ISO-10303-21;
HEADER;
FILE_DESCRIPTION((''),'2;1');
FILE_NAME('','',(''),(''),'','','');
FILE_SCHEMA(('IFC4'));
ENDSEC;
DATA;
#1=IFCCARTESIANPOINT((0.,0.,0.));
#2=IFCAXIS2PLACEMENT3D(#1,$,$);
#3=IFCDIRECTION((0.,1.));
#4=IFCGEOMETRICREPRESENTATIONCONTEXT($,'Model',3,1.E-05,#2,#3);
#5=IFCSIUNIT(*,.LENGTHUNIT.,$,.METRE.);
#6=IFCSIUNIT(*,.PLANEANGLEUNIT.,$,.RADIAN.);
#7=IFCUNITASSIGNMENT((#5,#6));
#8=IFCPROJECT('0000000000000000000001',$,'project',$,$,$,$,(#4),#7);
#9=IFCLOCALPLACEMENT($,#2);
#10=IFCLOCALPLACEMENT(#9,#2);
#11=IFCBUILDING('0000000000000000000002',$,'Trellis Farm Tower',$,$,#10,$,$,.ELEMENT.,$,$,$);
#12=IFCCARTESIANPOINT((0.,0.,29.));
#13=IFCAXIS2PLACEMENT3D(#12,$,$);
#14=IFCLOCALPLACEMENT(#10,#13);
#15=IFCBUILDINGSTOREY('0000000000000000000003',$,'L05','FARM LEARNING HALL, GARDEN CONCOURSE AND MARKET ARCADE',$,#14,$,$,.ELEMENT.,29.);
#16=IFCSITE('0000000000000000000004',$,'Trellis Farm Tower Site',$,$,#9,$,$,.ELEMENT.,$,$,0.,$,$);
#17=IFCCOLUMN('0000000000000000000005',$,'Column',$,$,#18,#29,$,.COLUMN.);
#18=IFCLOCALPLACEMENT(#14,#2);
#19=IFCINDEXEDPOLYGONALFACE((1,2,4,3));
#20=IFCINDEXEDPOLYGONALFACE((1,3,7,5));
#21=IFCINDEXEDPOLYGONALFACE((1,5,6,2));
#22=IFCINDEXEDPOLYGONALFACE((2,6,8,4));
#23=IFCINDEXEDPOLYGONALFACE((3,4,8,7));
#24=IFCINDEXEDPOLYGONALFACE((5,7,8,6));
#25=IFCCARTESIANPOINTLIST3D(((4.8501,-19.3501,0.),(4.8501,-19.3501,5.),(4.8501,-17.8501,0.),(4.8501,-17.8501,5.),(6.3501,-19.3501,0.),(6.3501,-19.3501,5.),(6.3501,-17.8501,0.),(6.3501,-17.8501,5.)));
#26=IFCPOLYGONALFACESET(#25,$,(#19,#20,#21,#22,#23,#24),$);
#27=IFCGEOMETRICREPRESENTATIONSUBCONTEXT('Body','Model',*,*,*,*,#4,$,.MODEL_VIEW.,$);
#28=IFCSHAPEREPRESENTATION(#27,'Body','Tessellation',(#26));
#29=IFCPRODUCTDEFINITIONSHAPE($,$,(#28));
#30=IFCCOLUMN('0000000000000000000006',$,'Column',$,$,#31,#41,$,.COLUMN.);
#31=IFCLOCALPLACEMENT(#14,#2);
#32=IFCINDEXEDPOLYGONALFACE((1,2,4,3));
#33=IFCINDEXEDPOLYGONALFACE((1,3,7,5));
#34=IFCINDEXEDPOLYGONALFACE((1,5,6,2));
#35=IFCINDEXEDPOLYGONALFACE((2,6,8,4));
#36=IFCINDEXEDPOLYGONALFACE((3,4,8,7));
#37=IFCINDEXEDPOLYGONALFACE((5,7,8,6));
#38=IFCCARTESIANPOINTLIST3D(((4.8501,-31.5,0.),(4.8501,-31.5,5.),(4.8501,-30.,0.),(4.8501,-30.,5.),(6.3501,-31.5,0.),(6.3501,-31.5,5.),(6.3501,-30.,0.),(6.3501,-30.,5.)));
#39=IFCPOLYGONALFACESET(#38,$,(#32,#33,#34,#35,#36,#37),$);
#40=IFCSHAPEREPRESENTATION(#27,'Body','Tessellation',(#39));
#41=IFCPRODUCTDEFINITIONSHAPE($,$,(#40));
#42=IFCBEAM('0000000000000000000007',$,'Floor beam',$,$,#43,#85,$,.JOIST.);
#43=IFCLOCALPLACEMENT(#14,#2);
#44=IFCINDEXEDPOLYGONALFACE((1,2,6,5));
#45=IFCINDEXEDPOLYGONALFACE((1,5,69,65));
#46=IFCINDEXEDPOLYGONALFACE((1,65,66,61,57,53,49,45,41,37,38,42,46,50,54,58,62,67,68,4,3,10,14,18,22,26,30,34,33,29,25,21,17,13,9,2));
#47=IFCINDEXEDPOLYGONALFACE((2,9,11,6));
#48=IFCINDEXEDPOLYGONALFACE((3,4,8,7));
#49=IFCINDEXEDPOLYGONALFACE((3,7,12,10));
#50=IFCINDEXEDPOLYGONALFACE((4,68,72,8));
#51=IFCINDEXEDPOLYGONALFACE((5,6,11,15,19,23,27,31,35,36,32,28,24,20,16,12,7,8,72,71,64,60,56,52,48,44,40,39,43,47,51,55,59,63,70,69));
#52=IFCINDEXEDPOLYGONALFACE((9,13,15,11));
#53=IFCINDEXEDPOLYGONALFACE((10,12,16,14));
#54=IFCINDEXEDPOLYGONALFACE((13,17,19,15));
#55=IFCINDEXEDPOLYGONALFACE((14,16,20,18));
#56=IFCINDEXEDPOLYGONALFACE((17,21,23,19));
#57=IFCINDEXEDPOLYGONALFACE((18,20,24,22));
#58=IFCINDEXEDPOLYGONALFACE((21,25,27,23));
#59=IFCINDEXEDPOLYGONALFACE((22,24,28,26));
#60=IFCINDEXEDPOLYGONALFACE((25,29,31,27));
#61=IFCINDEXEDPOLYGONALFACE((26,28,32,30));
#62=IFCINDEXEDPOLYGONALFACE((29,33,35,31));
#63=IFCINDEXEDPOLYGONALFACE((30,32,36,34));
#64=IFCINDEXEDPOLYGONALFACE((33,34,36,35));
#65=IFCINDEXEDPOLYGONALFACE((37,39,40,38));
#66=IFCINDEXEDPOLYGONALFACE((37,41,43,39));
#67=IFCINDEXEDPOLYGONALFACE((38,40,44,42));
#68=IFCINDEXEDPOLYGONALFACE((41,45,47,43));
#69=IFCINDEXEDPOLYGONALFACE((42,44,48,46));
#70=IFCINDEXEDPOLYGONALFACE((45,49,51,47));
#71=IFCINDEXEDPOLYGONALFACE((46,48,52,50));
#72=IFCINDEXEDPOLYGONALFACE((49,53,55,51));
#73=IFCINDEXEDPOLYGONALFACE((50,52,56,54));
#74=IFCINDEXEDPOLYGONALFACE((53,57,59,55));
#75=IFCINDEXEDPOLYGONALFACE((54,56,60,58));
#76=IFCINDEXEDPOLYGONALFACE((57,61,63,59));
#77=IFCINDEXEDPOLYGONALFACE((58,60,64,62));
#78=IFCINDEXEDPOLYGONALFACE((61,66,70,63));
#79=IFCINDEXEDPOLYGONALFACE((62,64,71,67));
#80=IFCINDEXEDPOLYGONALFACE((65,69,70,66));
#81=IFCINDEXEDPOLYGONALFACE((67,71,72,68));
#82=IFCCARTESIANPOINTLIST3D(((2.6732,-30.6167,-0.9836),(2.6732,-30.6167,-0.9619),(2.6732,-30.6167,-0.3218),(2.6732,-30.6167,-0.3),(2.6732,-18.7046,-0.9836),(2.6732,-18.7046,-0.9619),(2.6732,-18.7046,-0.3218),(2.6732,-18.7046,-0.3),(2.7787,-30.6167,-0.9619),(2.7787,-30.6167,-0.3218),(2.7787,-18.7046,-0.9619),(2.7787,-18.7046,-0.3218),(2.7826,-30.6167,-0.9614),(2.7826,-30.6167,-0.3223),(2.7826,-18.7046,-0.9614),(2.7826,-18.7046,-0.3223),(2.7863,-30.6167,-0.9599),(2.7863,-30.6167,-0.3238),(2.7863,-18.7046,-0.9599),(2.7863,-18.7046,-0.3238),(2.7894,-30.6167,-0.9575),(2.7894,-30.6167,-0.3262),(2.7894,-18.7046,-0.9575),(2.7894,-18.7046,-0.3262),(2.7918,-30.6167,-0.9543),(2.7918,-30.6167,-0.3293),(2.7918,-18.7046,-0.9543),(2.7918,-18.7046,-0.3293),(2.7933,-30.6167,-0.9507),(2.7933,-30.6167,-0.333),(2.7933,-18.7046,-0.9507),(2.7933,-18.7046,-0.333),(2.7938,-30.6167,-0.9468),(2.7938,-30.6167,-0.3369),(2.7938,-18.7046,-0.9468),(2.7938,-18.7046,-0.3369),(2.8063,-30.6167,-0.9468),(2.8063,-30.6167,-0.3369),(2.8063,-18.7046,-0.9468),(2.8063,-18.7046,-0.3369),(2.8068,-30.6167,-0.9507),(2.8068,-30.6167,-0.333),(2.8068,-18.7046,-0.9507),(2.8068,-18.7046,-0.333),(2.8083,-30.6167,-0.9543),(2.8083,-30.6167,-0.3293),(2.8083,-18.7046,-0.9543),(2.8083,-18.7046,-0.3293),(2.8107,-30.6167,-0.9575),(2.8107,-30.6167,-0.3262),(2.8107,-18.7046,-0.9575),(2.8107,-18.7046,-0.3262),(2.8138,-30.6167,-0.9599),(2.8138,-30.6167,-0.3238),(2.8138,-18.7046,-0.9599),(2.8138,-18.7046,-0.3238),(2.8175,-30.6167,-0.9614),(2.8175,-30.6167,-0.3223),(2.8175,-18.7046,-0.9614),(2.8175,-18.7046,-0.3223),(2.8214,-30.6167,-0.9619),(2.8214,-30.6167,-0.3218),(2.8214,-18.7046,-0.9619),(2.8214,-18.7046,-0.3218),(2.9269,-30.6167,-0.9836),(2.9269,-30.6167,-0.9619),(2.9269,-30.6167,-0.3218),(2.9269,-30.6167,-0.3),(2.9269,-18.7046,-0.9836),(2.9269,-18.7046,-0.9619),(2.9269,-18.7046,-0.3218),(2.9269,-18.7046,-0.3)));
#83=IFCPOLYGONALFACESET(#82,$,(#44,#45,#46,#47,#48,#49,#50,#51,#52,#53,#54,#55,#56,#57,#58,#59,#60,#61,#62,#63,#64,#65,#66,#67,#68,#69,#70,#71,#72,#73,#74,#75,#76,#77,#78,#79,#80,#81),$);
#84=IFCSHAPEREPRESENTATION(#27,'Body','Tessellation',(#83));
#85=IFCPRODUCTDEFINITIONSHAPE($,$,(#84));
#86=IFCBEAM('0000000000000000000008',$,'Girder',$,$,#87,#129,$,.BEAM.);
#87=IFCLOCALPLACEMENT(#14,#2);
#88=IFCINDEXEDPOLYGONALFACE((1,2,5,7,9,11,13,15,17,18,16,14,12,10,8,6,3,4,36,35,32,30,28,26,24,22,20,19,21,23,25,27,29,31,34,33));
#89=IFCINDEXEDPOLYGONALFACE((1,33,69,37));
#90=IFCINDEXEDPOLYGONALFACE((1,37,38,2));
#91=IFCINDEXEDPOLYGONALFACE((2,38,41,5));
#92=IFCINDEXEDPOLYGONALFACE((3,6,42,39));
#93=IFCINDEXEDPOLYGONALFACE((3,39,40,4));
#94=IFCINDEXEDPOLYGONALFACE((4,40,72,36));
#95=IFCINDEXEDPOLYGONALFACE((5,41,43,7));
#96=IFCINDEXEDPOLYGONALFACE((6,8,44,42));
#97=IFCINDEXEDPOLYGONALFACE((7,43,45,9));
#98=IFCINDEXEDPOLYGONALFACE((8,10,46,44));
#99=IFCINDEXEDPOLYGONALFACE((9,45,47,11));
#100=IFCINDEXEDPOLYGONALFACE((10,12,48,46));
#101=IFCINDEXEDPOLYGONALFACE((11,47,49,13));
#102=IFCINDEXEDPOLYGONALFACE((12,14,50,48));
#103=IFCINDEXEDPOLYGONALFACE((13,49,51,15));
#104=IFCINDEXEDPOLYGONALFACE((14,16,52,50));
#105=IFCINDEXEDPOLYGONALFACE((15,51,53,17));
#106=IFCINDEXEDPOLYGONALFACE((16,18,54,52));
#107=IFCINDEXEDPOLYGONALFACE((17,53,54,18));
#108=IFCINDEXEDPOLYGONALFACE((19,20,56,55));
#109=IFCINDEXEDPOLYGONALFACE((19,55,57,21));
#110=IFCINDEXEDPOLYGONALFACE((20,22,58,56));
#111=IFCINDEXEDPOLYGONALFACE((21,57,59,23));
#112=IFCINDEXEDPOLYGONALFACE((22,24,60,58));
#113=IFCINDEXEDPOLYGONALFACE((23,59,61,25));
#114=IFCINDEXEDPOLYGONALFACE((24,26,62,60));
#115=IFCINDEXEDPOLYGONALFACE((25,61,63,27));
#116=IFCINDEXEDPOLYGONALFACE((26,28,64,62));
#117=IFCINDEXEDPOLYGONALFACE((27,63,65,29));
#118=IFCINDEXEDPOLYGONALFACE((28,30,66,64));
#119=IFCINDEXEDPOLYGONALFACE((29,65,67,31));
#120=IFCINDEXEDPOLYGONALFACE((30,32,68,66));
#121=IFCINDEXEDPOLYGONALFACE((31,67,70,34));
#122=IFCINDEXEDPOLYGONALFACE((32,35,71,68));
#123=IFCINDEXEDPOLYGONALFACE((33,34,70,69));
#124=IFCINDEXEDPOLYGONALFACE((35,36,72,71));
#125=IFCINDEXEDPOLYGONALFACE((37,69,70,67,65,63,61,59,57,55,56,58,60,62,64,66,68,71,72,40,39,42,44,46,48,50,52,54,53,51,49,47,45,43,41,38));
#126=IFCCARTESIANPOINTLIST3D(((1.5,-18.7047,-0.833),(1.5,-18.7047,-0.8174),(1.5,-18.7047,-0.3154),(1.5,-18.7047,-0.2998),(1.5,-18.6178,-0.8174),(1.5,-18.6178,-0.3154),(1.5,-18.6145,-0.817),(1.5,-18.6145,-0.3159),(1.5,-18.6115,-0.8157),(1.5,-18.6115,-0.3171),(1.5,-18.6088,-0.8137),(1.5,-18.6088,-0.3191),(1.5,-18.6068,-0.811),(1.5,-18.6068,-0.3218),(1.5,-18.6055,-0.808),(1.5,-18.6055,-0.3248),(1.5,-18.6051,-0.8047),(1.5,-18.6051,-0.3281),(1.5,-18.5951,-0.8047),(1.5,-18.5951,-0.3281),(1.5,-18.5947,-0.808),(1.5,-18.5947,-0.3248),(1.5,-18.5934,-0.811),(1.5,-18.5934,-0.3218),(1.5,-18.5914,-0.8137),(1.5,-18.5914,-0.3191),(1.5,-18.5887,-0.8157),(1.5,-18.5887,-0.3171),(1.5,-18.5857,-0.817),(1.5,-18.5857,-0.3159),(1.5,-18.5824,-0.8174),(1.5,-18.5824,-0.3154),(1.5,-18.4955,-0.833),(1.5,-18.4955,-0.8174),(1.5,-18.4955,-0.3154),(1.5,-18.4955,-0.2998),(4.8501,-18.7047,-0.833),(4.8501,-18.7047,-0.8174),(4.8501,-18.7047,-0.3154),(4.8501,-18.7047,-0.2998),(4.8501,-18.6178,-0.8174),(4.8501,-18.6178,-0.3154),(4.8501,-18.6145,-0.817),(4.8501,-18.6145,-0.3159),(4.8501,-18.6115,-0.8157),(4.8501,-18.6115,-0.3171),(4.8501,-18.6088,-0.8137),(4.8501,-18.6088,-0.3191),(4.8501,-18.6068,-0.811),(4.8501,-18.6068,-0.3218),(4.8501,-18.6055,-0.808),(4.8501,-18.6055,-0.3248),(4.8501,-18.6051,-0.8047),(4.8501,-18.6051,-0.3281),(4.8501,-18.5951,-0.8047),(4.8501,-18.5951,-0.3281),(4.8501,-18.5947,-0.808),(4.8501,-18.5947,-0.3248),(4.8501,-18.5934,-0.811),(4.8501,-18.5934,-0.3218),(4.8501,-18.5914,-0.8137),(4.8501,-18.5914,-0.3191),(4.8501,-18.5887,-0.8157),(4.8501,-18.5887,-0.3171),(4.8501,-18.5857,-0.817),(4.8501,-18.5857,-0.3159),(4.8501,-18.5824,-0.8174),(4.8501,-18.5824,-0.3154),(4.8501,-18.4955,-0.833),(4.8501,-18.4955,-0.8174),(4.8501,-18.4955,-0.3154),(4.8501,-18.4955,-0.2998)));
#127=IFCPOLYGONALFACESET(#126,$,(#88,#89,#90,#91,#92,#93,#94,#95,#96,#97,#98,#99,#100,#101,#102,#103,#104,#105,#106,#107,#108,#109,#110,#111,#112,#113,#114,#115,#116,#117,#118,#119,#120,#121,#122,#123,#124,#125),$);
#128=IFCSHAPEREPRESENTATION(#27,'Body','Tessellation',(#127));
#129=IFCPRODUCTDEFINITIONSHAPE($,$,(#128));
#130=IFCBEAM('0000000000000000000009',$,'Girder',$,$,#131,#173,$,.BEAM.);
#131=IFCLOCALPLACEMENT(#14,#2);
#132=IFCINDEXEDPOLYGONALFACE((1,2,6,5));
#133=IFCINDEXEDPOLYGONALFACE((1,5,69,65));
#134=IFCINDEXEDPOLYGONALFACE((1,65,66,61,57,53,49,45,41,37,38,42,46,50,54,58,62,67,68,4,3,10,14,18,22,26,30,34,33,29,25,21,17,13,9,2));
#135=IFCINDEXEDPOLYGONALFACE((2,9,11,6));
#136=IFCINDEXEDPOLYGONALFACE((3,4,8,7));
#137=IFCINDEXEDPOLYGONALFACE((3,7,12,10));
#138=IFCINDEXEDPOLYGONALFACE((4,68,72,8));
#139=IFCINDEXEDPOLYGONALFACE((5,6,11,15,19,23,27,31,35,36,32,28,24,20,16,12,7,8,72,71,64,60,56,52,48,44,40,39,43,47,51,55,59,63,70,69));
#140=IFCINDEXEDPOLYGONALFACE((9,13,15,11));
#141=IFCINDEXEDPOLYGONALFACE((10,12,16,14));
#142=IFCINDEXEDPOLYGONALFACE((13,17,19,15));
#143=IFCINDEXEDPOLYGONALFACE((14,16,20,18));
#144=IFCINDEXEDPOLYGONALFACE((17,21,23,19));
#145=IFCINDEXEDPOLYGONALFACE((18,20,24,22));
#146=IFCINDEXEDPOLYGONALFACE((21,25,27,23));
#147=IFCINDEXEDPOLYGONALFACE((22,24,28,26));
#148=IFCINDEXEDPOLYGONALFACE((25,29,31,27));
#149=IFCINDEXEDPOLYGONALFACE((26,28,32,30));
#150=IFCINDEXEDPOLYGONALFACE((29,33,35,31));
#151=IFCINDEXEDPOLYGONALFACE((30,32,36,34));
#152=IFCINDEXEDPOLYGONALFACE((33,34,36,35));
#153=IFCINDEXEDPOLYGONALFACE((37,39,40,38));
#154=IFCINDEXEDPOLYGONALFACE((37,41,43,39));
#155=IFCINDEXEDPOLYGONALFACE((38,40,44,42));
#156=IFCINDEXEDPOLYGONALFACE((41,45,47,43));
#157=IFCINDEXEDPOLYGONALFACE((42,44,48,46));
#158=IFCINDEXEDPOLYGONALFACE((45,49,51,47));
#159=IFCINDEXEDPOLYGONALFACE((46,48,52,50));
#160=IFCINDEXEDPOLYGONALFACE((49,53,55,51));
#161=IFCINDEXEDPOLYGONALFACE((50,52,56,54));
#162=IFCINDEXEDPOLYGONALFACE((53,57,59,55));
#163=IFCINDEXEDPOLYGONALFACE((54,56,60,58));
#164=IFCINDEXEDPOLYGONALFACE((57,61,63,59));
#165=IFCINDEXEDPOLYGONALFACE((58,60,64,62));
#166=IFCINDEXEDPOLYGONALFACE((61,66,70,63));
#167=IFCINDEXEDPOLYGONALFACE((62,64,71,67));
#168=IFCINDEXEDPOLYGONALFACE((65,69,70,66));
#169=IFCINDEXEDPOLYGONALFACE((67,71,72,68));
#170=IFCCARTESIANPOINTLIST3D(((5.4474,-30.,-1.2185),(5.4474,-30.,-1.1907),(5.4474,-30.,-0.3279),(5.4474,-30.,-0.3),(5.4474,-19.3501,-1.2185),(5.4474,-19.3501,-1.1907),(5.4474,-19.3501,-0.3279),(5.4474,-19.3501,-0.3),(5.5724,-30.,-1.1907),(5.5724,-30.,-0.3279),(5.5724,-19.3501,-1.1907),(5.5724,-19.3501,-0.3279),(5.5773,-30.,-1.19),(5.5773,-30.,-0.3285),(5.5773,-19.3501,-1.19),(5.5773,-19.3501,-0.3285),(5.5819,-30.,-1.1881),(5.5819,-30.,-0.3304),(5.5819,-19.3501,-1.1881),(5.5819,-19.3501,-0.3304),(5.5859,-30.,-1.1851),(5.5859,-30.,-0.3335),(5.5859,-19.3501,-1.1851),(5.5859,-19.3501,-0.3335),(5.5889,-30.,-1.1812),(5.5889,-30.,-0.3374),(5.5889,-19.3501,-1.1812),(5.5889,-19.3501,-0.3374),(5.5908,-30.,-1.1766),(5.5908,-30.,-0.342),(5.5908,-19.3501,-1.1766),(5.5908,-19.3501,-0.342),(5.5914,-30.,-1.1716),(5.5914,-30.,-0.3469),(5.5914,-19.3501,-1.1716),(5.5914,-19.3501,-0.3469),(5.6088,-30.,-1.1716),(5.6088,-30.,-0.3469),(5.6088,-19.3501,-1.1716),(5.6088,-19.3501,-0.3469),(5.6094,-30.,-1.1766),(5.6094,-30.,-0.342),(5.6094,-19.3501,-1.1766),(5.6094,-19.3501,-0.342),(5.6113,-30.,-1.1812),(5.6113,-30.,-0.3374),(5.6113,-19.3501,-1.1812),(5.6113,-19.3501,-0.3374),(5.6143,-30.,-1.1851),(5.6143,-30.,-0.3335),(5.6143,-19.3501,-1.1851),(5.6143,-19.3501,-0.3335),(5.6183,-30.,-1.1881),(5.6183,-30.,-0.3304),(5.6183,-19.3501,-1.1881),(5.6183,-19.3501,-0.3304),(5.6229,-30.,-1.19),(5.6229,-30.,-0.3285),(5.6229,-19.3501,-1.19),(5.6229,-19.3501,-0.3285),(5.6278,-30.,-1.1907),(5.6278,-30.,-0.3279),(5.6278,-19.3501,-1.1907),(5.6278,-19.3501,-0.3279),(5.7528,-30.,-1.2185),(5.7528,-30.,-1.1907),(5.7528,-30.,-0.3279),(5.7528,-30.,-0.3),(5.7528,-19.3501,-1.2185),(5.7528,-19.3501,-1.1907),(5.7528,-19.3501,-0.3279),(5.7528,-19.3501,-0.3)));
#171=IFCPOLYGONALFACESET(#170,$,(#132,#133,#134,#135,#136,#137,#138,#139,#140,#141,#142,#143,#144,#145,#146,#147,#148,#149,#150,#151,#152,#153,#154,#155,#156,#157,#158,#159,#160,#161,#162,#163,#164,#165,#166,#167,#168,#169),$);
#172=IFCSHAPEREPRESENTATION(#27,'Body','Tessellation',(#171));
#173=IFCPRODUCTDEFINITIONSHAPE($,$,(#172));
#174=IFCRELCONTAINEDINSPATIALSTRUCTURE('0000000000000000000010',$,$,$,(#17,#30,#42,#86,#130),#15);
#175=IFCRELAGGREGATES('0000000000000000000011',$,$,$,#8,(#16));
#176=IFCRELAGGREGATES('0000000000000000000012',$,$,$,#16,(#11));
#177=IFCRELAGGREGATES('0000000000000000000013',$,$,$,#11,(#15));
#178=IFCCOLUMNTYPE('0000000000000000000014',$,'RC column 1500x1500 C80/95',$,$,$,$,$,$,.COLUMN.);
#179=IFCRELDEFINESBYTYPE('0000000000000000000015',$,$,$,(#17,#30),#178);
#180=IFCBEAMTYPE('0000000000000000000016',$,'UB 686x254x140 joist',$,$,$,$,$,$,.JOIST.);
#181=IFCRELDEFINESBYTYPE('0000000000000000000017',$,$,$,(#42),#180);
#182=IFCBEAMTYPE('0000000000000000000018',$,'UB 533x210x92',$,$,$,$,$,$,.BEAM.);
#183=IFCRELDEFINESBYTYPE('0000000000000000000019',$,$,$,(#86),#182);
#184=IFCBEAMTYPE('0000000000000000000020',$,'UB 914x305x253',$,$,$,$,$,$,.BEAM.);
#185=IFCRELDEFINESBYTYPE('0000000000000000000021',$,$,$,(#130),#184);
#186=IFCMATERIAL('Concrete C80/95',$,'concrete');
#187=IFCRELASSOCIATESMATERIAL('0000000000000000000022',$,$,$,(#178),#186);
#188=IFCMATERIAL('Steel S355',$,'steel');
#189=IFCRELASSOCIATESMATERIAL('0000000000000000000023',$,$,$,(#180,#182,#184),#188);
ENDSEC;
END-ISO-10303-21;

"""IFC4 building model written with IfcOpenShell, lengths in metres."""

from ifc_helpers import new_model, si_unit, direction, frame, origin, origin_2d, place, context, subcontext, project, spatial, rectangle, i_section, extrude, source, transform, mapped, material, material_profile, profile_set, type_object, element, save


model = new_model("IFC4")

# Units and contexts
model_context = context("Model", 3, precision=1e-05, world=origin(), true_north=direction((0.0, 1.0)))
body_context = subcontext(model_context, "Body", "Model", "MODEL_VIEW")
ifc_project = project(units=[si_unit("LENGTHUNIT", "METRE"), si_unit("PLANEANGLEUNIT", "RADIAN")], contexts=[model_context])

# Site, building, storey
site_placement = place(None, origin())
site = spatial("IfcSite", under=ifc_project, at=site_placement, Name="Trellis Farm Tower Site", CompositionType="ELEMENT", RefElevation=0.0)
building_placement = place(site_placement, origin())
building = spatial("IfcBuilding", under=site, at=building_placement, Name="Trellis Farm Tower", CompositionType="ELEMENT")
storey_placement = place(building_placement, frame((0.0, 0.0, 29.0)))
storey = spatial("IfcBuildingStorey", under=building, at=storey_placement, Name="L05", Description="FARM LEARNING HALL, GARDEN CONCOURSE AND MARKET ARCADE", CompositionType="ELEMENT", Elevation=29.0)

# Columns
ifc_material_1 = material(Name="Concrete C80/95", Category="concrete")
ifc_material_profile_1 = material_profile(ifc_material_1, rectangle(XDim=1.5, YDim=1.5, at=origin_2d()), Name="RC column 1500x1500 C80/95")
ifc_profile_set_1 = profile_set([ifc_material_profile_1], Name="Concrete C80/95")
column_type = type_object("IfcColumnType", Name="RC column 1500x1500 C80/95", PredefinedType="COLUMN", material=ifc_profile_set_1)
shared_shape_1 = source(origin(), body_context, "Body", "SweptSolid", [
    extrude(rectangle(XDim=1.5, YDim=1.5, at=origin_2d()), origin(), (0.0, 0.0, 1.0), 5.0),
])
for number, where, z_axis, x_axis, name in (
    (1, (5.6001, -18.6001, 0.0), (0.0, 0.0, 1.0), (1.0, 0.0, 0.0), "Column"),
    (2, (5.6001, -30.75, 0.0), (0.0, 0.0, 1.0), (1.0, 0.0, 0.0), "Column"),
):
    element("IfcColumn", number, at=place(storey_placement, frame(where, z_axis=z_axis, x_axis=x_axis)), inside=storey, type_object=column_type, Name=name, PredefinedType="COLUMN", context=body_context, shape_type="MappedRepresentation", body=[
        mapped(shared_shape_1, transform((0.0, 0.0, 0.0))),
    ])

# Beams
ifc_material_2 = material(Name="Steel S355", Category="steel")
ifc_material_profile_2 = material_profile(ifc_material_2, i_section(OverallWidth=0.2537, OverallDepth=0.6836, WebThickness=0.0125, FlangeThickness=0.0217, FilletRadius=0.0151, at=origin_2d()), Name="UB 686x254x140")
ifc_profile_set_2 = profile_set([ifc_material_profile_2], Name="Steel S355")
beam_type_1 = type_object("IfcBeamType", Name="UB 686x254x140 joist", PredefinedType="JOIST", material=ifc_profile_set_2)
shared_shape_2 = source(origin(), body_context, "Body", "SweptSolid", [
    extrude(i_section(OverallWidth=0.2537, OverallDepth=0.6836, WebThickness=0.0125, FlangeThickness=0.0217, FilletRadius=0.0151, at=origin_2d()), origin(), (0.0, 0.0, 1.0), 11.9121),
])
beam_1_placement = place(storey_placement, frame((2.8, -30.6167, -0.6418), z_axis=(0.0, 1.0, 0.0), x_axis=(-1.0, 0.0, 0.0)))
element("IfcBeam", 3, at=beam_1_placement, inside=storey, type_object=beam_type_1, Name="Floor beam", PredefinedType="JOIST", context=body_context, shape_type="MappedRepresentation", body=[
    mapped(shared_shape_2, transform((0.0, 0.0, 0.0))),
])
ifc_material_profile_3 = material_profile(ifc_material_2, i_section(OverallWidth=0.2092, OverallDepth=0.5332, WebThickness=0.01, FlangeThickness=0.0156, FilletRadius=0.0127, at=origin_2d()), Name="UB 533x210x92")
ifc_profile_set_3 = profile_set([ifc_material_profile_3], Name="Steel S355")
beam_type_2 = type_object("IfcBeamType", Name="UB 533x210x92", PredefinedType="BEAM", material=ifc_profile_set_3)
shared_shape_3 = source(origin(), body_context, "Body", "SweptSolid", [
    extrude(i_section(OverallWidth=0.2092, OverallDepth=0.5332, WebThickness=0.01, FlangeThickness=0.0156, FilletRadius=0.0127, at=origin_2d()), origin(), (0.0, 0.0, 1.0), 3.3501),
])
beam_2_placement = place(storey_placement, frame((1.5, -18.6001, -0.5664), z_axis=(1.0, 0.0, 0.0), x_axis=(0.0, 1.0, 0.0)))
element("IfcBeam", 4, at=beam_2_placement, inside=storey, type_object=beam_type_2, Name="Girder", PredefinedType="BEAM", context=body_context, shape_type="MappedRepresentation", body=[
    mapped(shared_shape_3, transform((0.0, 0.0, 0.0))),
])
ifc_material_profile_4 = material_profile(ifc_material_2, i_section(OverallWidth=0.3054, OverallDepth=0.9185, WebThickness=0.0173, FlangeThickness=0.0278, FilletRadius=0.019, at=origin_2d()), Name="UB 914x305x253")
ifc_profile_set_4 = profile_set([ifc_material_profile_4], Name="Steel S355")
beam_type_3 = type_object("IfcBeamType", Name="UB 914x305x253", PredefinedType="BEAM", material=ifc_profile_set_4)
shared_shape_4 = source(origin(), body_context, "Body", "SweptSolid", [
    extrude(i_section(OverallWidth=0.3054, OverallDepth=0.9185, WebThickness=0.0173, FlangeThickness=0.0278, FilletRadius=0.019, at=origin_2d()), origin(), (0.0, 0.0, 1.0), 10.6499),
])
beam_3_placement = place(storey_placement, frame((5.6001, -30.0, -0.7593), z_axis=(0.0, 1.0, 0.0), x_axis=(-1.0, 0.0, 0.0)))
element("IfcBeam", 5, at=beam_3_placement, inside=storey, type_object=beam_type_3, Name="Girder", PredefinedType="BEAM", context=body_context, shape_type="MappedRepresentation", body=[
    mapped(shared_shape_4, transform((0.0, 0.0, 0.0))),
])

save(model, "model.ifc")
